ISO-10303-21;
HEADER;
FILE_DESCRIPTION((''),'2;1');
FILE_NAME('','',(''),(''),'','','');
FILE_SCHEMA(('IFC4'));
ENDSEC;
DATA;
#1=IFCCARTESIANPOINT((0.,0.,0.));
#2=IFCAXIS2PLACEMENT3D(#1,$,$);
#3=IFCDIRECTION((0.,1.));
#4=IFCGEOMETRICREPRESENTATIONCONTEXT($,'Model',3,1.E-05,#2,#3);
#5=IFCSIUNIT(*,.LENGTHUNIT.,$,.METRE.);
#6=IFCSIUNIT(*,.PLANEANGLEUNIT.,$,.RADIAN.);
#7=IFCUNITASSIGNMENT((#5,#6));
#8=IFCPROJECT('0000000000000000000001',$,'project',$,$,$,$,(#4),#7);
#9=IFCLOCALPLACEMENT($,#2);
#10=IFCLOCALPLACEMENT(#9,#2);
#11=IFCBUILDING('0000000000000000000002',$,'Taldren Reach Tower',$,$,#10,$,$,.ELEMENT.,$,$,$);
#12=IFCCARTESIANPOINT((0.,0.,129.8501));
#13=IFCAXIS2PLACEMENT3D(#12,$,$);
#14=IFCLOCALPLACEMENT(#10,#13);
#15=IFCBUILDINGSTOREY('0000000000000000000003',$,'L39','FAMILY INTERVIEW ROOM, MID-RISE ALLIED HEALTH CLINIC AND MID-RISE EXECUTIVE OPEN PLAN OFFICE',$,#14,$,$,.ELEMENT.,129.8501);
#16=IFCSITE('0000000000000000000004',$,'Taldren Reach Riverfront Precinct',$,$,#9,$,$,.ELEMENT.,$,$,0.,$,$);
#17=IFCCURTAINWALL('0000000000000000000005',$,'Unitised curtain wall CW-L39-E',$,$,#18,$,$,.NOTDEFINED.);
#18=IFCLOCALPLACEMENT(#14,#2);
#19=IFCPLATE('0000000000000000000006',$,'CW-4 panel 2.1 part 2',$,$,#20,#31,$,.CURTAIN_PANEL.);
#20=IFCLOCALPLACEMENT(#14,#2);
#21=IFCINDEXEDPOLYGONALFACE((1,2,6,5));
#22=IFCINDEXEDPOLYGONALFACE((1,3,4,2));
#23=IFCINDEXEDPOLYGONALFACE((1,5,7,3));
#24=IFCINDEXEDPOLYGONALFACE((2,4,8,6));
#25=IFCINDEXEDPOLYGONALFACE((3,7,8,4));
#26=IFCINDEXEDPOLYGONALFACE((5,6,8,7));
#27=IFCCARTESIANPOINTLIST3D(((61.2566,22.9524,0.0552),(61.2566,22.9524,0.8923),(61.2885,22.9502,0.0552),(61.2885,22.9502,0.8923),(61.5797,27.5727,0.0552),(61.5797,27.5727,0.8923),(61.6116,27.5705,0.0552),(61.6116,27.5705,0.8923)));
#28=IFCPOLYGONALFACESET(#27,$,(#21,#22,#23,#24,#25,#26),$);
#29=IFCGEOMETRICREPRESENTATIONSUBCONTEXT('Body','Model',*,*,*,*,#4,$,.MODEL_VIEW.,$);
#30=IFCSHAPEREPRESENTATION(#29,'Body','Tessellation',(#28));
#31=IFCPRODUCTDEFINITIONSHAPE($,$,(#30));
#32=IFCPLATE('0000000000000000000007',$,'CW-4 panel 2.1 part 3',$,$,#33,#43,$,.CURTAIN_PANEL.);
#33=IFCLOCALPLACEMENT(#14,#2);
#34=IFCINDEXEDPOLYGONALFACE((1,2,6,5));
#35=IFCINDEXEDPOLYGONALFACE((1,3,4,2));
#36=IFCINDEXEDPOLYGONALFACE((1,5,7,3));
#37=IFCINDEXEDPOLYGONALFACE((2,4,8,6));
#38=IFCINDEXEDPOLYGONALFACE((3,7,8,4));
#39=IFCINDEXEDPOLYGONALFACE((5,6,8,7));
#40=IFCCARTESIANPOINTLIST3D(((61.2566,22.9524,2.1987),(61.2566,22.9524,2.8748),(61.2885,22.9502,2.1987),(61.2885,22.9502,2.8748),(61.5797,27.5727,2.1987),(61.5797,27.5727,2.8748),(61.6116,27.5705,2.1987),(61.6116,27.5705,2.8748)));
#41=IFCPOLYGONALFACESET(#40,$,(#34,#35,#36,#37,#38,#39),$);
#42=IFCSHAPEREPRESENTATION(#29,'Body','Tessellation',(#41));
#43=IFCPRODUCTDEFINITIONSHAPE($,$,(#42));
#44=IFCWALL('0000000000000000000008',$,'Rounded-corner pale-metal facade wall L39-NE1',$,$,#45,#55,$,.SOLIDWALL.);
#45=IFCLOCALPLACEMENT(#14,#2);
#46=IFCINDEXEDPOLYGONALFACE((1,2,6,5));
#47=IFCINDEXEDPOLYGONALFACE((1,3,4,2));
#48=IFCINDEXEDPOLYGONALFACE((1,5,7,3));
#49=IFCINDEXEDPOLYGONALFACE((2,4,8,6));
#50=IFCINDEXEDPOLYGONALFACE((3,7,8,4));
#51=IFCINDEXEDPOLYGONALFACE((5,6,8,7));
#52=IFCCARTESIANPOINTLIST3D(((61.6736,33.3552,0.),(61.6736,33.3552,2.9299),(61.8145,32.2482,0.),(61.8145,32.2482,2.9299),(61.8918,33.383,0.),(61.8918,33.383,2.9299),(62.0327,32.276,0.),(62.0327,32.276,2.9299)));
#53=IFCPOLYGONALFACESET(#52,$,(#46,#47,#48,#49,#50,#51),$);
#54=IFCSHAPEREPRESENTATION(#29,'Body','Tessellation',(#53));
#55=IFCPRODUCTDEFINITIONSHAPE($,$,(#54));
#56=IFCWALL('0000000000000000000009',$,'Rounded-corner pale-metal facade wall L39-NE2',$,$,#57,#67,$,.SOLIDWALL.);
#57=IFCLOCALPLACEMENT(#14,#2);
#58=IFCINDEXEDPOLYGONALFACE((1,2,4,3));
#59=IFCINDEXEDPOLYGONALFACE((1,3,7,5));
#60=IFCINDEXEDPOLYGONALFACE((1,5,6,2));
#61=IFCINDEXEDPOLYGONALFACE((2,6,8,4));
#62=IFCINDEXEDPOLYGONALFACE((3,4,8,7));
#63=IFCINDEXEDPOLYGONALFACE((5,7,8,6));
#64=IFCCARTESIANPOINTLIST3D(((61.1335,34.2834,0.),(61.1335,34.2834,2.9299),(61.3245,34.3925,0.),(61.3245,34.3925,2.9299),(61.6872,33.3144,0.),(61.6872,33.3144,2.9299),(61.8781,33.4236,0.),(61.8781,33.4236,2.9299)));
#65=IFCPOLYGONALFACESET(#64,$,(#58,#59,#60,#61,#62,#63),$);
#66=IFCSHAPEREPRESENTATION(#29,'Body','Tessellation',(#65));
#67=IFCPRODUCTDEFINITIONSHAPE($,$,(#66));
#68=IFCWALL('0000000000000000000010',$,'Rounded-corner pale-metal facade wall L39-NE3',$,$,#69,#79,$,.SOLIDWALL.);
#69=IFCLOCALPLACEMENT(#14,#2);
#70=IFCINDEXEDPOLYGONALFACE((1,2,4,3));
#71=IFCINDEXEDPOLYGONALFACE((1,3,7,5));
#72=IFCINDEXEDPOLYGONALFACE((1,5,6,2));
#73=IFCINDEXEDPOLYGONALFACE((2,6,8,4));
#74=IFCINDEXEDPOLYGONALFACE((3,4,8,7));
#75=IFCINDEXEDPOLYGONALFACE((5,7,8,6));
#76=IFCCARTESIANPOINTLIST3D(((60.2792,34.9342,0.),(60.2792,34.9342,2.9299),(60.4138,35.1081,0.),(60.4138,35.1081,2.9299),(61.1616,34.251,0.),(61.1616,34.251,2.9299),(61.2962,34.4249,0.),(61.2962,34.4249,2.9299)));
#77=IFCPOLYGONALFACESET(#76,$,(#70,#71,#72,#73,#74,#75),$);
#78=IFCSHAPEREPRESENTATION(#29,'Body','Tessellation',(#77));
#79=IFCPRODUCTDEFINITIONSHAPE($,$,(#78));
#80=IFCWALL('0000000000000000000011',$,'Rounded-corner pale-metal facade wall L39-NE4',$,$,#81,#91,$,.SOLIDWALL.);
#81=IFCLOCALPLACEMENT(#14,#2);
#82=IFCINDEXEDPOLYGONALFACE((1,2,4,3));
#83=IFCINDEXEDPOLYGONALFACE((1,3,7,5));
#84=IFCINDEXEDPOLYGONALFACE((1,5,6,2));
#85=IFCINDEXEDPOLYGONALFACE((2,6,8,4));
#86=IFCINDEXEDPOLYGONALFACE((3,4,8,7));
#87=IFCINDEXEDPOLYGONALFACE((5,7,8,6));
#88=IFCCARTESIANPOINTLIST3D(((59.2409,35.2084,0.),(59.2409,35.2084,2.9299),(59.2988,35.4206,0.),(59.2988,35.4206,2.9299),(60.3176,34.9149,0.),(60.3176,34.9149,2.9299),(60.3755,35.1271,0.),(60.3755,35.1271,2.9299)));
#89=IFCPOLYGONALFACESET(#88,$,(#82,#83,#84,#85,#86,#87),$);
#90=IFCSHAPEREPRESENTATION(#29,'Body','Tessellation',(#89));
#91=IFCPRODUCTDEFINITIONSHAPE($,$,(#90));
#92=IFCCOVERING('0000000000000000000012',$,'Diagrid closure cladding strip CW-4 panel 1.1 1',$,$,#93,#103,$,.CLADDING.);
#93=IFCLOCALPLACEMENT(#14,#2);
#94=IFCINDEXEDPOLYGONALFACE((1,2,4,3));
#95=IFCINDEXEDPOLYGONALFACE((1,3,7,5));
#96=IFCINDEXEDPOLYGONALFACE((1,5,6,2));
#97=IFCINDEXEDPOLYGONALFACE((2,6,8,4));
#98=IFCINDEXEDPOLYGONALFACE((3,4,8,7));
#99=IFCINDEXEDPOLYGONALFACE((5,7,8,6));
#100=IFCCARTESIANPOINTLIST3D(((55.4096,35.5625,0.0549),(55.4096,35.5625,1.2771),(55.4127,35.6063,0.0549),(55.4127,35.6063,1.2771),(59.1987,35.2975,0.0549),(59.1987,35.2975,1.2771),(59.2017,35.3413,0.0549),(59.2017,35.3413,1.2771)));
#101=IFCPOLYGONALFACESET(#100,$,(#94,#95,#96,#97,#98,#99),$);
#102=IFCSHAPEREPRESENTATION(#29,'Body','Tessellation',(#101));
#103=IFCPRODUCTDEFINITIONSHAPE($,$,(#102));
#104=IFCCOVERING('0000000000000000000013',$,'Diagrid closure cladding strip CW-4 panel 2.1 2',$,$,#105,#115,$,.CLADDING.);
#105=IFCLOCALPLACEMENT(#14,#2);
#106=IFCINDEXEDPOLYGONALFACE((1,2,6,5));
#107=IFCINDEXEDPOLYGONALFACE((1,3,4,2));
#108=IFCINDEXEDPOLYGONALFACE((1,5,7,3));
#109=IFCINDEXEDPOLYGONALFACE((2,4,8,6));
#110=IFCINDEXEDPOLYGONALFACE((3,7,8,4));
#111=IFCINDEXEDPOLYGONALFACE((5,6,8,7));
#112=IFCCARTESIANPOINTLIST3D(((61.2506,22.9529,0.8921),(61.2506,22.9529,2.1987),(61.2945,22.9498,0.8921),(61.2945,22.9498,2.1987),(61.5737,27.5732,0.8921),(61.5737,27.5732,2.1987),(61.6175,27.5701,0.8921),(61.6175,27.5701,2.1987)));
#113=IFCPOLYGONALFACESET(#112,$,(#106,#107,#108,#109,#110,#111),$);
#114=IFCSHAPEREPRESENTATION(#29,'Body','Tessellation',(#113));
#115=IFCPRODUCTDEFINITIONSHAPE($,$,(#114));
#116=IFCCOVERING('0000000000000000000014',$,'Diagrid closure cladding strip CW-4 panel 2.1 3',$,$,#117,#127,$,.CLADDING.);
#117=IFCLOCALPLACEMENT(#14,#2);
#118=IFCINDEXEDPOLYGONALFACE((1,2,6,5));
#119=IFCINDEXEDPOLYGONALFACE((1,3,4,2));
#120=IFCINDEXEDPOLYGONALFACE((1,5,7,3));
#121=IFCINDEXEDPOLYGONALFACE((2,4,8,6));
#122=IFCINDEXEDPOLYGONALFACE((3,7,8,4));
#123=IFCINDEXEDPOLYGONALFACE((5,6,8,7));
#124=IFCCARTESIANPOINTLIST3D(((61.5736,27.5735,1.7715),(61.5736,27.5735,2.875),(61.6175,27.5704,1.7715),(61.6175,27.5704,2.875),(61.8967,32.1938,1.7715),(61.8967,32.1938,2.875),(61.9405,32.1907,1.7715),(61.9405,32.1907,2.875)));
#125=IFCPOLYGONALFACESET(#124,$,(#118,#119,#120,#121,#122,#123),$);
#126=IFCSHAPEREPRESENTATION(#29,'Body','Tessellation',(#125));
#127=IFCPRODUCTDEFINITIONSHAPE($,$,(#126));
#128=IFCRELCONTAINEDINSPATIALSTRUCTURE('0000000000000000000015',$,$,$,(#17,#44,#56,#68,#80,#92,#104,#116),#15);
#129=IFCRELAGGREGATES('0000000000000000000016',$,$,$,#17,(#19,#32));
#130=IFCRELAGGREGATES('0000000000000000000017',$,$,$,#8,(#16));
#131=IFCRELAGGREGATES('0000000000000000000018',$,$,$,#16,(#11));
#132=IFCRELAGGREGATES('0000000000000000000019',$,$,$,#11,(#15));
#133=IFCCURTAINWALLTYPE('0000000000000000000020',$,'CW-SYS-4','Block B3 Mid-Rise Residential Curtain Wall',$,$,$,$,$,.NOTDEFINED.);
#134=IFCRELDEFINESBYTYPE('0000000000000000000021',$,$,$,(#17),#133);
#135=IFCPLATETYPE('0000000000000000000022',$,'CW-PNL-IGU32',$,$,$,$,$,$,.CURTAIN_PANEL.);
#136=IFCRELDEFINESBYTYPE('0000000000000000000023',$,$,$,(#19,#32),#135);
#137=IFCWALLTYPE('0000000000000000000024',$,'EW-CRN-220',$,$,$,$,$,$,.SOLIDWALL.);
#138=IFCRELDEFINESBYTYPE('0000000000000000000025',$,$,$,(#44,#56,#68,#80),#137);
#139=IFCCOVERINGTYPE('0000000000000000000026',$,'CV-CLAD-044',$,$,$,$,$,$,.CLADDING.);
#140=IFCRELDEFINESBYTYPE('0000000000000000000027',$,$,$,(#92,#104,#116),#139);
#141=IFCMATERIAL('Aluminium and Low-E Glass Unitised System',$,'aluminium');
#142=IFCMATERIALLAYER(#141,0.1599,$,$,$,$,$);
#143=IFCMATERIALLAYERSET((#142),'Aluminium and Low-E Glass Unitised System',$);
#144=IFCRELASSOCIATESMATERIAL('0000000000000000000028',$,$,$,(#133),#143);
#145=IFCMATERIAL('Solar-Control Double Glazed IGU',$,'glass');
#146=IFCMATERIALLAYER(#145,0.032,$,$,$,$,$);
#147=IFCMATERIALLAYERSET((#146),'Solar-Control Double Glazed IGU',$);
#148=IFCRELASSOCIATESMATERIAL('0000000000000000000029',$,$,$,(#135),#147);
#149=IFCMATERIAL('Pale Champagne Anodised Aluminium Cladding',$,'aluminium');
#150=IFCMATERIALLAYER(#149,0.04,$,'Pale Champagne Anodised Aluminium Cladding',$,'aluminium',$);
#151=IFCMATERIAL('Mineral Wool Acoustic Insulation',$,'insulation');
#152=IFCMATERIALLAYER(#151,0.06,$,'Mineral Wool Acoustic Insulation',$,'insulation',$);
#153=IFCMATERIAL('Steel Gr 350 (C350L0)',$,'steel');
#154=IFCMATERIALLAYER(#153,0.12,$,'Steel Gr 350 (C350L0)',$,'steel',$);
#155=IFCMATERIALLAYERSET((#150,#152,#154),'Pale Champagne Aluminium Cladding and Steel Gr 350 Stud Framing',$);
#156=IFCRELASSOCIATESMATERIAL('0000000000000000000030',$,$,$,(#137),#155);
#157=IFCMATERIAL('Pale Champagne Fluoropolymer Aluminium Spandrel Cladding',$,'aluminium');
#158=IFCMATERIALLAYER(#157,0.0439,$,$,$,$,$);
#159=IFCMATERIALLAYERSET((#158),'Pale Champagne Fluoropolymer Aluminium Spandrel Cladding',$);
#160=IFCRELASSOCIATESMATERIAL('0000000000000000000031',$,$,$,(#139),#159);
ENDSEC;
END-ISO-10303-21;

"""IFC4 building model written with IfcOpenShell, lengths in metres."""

from ifc_helpers import new_model, si_unit, direction, frame, frame_2d, origin, origin_2d, place, context, subcontext, project, spatial, rectangle, extrude, source, transform, mapped, material, layer, layer_set, type_object, element, aggregate, save


model = new_model("IFC4")

# Units and contexts
model_context = context("Model", 3, precision=1e-05, world=origin(), true_north=direction((0.0, 1.0)))
body_context = subcontext(model_context, "Body", "Model", "MODEL_VIEW")
ifc_project = project(units=[si_unit("LENGTHUNIT", "METRE"), si_unit("PLANEANGLEUNIT", "RADIAN")], contexts=[model_context])

# Site, building, storey
site_placement = place(None, origin())
site = spatial("IfcSite", under=ifc_project, at=site_placement, Name="Taldren Reach Riverfront Precinct", CompositionType="ELEMENT", RefElevation=0.0)
building_placement = place(site_placement, origin())
building = spatial("IfcBuilding", under=site, at=building_placement, Name="Taldren Reach Tower", CompositionType="ELEMENT")
storey_placement = place(building_placement, frame((0.0, 0.0, 129.8501)))
storey = spatial("IfcBuildingStorey", under=building, at=storey_placement, Name="L39", Description="FAMILY INTERVIEW ROOM, MID-RISE ALLIED HEALTH CLINIC AND MID-RISE EXECUTIVE OPEN PLAN OFFICE", CompositionType="ELEMENT", Elevation=129.8501)

# Shared definitions
ifc_material_1 = material(Name="Steel Gr 350 (C350L0)", Category="steel")

# Shared definitions
ifc_material_2 = material(Name="Aluminium and Low-E Glass Unitised System", Category="aluminium")
ifc_layer_1 = layer(ifc_material_2, 0.1599)
ifc_layer_set_1 = layer_set([ifc_layer_1], Name="Aluminium and Low-E Glass Unitised System")
curtain_wall_type = type_object("IfcCurtainWallType", Name="CW-SYS-4", Description="Block B3 Mid-Rise Residential Curtain Wall", PredefinedType="NOTDEFINED", material=ifc_layer_set_1)

# Curtain wall
curtain_wall_1_placement = place(storey_placement, origin())
curtain_wall_1 = element("IfcCurtainWall", 1, at=curtain_wall_1_placement, inside=storey, type_object=curtain_wall_type, Name="Unitised curtain wall CW-L39-E", PredefinedType="NOTDEFINED")

# Plates
ifc_material_3 = material(Name="Solar-Control Double Glazed IGU", Category="glass")
ifc_layer_2 = layer(ifc_material_3, 0.032)
ifc_layer_set_2 = layer_set([ifc_layer_2], Name="Solar-Control Double Glazed IGU")
plate_type_1 = type_object("IfcPlateType", Name="CW-PNL-IGU32", PredefinedType="CURTAIN_PANEL", material=ifc_layer_set_2)
shared_shape_1 = source(origin(), body_context, "Body", "SweptSolid", [
    extrude(rectangle(XDim=4.6316, YDim=0.032, at=origin_2d()), origin(), (0.0, 0.0, 1.0), 0.8372),
])
plate_1_placement = place(storey_placement, frame((61.4341, 25.2615, 0.0552), z_axis=(0.0, 0.0, 1.0), x_axis=(0.069756, 0.997564, 0.0)))
plate_1 = element("IfcPlate", 2, at=plate_1_placement, type_object=plate_type_1, Name="CW-4 panel 2.1 part 2", PredefinedType="CURTAIN_PANEL", context=body_context, shape_type="MappedRepresentation", body=[
    mapped(shared_shape_1, transform((0.0, 0.0, 0.0), scale=1.0)),
])
shared_shape_2 = source(origin(), body_context, "Body", "SweptSolid", [
    extrude(rectangle(XDim=4.6316, YDim=0.032, at=origin_2d()), origin(), (0.0, 0.0, 1.0), 0.676),
])
plate_2_placement = place(storey_placement, frame((61.4341, 25.2615, 2.1987), z_axis=(0.0, 0.0, 1.0), x_axis=(0.069756, 0.997564, 0.0)))
plate_2 = element("IfcPlate", 3, at=plate_2_placement, type_object=plate_type_1, Name="CW-4 panel 2.1 part 3", PredefinedType="CURTAIN_PANEL", context=body_context, shape_type="MappedRepresentation", body=[
    mapped(shared_shape_2, transform((0.0, 0.0, 0.0), scale=1.0)),
])
aggregate(curtain_wall_1, [plate_1, plate_2])

# Walls
ifc_material_4 = material(Name="Pale Champagne Anodised Aluminium Cladding", Category="aluminium")
ifc_layer_3 = layer(ifc_material_4, 0.04, Name="Pale Champagne Anodised Aluminium Cladding", Category="aluminium")
ifc_material_5 = material(Name="Mineral Wool Acoustic Insulation", Category="insulation")
ifc_layer_4 = layer(ifc_material_5, 0.06, Name="Mineral Wool Acoustic Insulation", Category="insulation")
ifc_layer_5 = layer(ifc_material_1, 0.12, Name="Steel Gr 350 (C350L0)", Category="steel")
ifc_layer_set_3 = layer_set([ifc_layer_3, ifc_layer_4, ifc_layer_5], Name="Pale Champagne Aluminium Cladding and Steel Gr 350 Stud Framing")
wall_type = type_object("IfcWallType", Name="EW-CRN-220", PredefinedType="SOLIDWALL", material=ifc_layer_set_3)
shared_shape_3 = source(origin(), body_context, "Body", "SweptSolid", [
    extrude(rectangle(XDim=1.116, YDim=0.22, at=frame_2d((0.5581, 0.0))), origin(), (0.0, 0.0, 1.0), 2.9299),
])
for number, where, z_axis, x_axis, name in (
    (4, (61.9236, 32.262, 0.0), (0.0, 0.0, 1.0), (-0.126243, 0.991999, 0.0), "Rounded-corner pale-metal facade wall L39-NE1"),
    (5, (61.7827, 33.3689, 0.0), (0.0, 0.0, 1.0), (-0.496139, 0.868243, 0.0), "Rounded-corner pale-metal facade wall L39-NE2"),
    (6, (61.229, 34.3379, 0.0), (0.0, 0.0, 1.0), (-0.790717, 0.612182, 0.0), "Rounded-corner pale-metal facade wall L39-NE3"),
    (7, (60.3467, 35.021, 0.0), (0.0, 0.0, 1.0), (-0.964804, 0.262969, 0.0), "Rounded-corner pale-metal facade wall L39-NE4"),
):
    element("IfcWall", number, at=place(storey_placement, frame(where, z_axis=z_axis, x_axis=x_axis)), inside=storey, type_object=wall_type, Name=name, PredefinedType="SOLIDWALL", context=body_context, shape_type="MappedRepresentation", body=[
        mapped(shared_shape_3, transform((0.0, 0.0, 0.0), scale=1.0)),
    ])

# Coverings
ifc_material_6 = material(Name="Pale Champagne Fluoropolymer Aluminium Spandrel Cladding", Category="aluminium")
ifc_layer_6 = layer(ifc_material_6, 0.0439)
ifc_layer_set_4 = layer_set([ifc_layer_6], Name="Pale Champagne Fluoropolymer Aluminium Spandrel Cladding")
covering_type = type_object("IfcCoveringType", Name="CV-CLAD-044", PredefinedType="CLADDING", material=ifc_layer_set_4)
shared_shape_4 = source(origin(), body_context, "Body", "SweptSolid", [
    extrude(rectangle(XDim=3.7983, YDim=0.0439, at=origin_2d()), origin(), (0.0, 0.0, 1.0), 1.2222),
])
covering_1_placement = place(storey_placement, frame((57.3057, 35.4519, 0.0549), z_axis=(0.0, 0.0, 1.0), x_axis=(-0.997564, 0.069757, 0.0)))
element("IfcCovering", 8, at=covering_1_placement, inside=storey, type_object=covering_type, Name="Diagrid closure cladding strip CW-4 panel 1.1 1", PredefinedType="CLADDING", context=body_context, shape_type="MappedRepresentation", body=[
    mapped(shared_shape_4, transform((0.0, 0.0, 0.0), scale=1.0)),
])
shared_shape_5 = source(origin(), body_context, "Body", "SweptSolid", [
    extrude(rectangle(XDim=4.6316, YDim=0.0439, at=origin_2d()), origin(), (0.0, 0.0, 1.0), 1.3066),
])
covering_2_placement = place(storey_placement, frame((61.4341, 25.2615, 0.8921), z_axis=(0.0, 0.0, 1.0), x_axis=(0.069756, 0.997564, 0.0)))
element("IfcCovering", 9, at=covering_2_placement, inside=storey, type_object=covering_type, Name="Diagrid closure cladding strip CW-4 panel 2.1 2", PredefinedType="CLADDING", context=body_context, shape_type="MappedRepresentation", body=[
    mapped(shared_shape_5, transform((0.0, 0.0, 0.0), scale=1.0)),
])
shared_shape_6 = source(origin(), body_context, "Body", "SweptSolid", [
    extrude(rectangle(XDim=4.6316, YDim=0.0439, at=origin_2d()), origin(), (0.0, 0.0, 1.0), 1.1035),
])
covering_3_placement = place(storey_placement, frame((61.7571, 29.8821, 1.7715), z_axis=(0.0, 0.0, 1.0), x_axis=(0.069756, 0.997564, 0.0)))
element("IfcCovering", 10, at=covering_3_placement, inside=storey, type_object=covering_type, Name="Diagrid closure cladding strip CW-4 panel 2.1 3", PredefinedType="CLADDING", context=body_context, shape_type="MappedRepresentation", body=[
    mapped(shared_shape_6, transform((0.0, 0.0, 0.0), scale=1.0)),
])

save(model, "model.ifc")
